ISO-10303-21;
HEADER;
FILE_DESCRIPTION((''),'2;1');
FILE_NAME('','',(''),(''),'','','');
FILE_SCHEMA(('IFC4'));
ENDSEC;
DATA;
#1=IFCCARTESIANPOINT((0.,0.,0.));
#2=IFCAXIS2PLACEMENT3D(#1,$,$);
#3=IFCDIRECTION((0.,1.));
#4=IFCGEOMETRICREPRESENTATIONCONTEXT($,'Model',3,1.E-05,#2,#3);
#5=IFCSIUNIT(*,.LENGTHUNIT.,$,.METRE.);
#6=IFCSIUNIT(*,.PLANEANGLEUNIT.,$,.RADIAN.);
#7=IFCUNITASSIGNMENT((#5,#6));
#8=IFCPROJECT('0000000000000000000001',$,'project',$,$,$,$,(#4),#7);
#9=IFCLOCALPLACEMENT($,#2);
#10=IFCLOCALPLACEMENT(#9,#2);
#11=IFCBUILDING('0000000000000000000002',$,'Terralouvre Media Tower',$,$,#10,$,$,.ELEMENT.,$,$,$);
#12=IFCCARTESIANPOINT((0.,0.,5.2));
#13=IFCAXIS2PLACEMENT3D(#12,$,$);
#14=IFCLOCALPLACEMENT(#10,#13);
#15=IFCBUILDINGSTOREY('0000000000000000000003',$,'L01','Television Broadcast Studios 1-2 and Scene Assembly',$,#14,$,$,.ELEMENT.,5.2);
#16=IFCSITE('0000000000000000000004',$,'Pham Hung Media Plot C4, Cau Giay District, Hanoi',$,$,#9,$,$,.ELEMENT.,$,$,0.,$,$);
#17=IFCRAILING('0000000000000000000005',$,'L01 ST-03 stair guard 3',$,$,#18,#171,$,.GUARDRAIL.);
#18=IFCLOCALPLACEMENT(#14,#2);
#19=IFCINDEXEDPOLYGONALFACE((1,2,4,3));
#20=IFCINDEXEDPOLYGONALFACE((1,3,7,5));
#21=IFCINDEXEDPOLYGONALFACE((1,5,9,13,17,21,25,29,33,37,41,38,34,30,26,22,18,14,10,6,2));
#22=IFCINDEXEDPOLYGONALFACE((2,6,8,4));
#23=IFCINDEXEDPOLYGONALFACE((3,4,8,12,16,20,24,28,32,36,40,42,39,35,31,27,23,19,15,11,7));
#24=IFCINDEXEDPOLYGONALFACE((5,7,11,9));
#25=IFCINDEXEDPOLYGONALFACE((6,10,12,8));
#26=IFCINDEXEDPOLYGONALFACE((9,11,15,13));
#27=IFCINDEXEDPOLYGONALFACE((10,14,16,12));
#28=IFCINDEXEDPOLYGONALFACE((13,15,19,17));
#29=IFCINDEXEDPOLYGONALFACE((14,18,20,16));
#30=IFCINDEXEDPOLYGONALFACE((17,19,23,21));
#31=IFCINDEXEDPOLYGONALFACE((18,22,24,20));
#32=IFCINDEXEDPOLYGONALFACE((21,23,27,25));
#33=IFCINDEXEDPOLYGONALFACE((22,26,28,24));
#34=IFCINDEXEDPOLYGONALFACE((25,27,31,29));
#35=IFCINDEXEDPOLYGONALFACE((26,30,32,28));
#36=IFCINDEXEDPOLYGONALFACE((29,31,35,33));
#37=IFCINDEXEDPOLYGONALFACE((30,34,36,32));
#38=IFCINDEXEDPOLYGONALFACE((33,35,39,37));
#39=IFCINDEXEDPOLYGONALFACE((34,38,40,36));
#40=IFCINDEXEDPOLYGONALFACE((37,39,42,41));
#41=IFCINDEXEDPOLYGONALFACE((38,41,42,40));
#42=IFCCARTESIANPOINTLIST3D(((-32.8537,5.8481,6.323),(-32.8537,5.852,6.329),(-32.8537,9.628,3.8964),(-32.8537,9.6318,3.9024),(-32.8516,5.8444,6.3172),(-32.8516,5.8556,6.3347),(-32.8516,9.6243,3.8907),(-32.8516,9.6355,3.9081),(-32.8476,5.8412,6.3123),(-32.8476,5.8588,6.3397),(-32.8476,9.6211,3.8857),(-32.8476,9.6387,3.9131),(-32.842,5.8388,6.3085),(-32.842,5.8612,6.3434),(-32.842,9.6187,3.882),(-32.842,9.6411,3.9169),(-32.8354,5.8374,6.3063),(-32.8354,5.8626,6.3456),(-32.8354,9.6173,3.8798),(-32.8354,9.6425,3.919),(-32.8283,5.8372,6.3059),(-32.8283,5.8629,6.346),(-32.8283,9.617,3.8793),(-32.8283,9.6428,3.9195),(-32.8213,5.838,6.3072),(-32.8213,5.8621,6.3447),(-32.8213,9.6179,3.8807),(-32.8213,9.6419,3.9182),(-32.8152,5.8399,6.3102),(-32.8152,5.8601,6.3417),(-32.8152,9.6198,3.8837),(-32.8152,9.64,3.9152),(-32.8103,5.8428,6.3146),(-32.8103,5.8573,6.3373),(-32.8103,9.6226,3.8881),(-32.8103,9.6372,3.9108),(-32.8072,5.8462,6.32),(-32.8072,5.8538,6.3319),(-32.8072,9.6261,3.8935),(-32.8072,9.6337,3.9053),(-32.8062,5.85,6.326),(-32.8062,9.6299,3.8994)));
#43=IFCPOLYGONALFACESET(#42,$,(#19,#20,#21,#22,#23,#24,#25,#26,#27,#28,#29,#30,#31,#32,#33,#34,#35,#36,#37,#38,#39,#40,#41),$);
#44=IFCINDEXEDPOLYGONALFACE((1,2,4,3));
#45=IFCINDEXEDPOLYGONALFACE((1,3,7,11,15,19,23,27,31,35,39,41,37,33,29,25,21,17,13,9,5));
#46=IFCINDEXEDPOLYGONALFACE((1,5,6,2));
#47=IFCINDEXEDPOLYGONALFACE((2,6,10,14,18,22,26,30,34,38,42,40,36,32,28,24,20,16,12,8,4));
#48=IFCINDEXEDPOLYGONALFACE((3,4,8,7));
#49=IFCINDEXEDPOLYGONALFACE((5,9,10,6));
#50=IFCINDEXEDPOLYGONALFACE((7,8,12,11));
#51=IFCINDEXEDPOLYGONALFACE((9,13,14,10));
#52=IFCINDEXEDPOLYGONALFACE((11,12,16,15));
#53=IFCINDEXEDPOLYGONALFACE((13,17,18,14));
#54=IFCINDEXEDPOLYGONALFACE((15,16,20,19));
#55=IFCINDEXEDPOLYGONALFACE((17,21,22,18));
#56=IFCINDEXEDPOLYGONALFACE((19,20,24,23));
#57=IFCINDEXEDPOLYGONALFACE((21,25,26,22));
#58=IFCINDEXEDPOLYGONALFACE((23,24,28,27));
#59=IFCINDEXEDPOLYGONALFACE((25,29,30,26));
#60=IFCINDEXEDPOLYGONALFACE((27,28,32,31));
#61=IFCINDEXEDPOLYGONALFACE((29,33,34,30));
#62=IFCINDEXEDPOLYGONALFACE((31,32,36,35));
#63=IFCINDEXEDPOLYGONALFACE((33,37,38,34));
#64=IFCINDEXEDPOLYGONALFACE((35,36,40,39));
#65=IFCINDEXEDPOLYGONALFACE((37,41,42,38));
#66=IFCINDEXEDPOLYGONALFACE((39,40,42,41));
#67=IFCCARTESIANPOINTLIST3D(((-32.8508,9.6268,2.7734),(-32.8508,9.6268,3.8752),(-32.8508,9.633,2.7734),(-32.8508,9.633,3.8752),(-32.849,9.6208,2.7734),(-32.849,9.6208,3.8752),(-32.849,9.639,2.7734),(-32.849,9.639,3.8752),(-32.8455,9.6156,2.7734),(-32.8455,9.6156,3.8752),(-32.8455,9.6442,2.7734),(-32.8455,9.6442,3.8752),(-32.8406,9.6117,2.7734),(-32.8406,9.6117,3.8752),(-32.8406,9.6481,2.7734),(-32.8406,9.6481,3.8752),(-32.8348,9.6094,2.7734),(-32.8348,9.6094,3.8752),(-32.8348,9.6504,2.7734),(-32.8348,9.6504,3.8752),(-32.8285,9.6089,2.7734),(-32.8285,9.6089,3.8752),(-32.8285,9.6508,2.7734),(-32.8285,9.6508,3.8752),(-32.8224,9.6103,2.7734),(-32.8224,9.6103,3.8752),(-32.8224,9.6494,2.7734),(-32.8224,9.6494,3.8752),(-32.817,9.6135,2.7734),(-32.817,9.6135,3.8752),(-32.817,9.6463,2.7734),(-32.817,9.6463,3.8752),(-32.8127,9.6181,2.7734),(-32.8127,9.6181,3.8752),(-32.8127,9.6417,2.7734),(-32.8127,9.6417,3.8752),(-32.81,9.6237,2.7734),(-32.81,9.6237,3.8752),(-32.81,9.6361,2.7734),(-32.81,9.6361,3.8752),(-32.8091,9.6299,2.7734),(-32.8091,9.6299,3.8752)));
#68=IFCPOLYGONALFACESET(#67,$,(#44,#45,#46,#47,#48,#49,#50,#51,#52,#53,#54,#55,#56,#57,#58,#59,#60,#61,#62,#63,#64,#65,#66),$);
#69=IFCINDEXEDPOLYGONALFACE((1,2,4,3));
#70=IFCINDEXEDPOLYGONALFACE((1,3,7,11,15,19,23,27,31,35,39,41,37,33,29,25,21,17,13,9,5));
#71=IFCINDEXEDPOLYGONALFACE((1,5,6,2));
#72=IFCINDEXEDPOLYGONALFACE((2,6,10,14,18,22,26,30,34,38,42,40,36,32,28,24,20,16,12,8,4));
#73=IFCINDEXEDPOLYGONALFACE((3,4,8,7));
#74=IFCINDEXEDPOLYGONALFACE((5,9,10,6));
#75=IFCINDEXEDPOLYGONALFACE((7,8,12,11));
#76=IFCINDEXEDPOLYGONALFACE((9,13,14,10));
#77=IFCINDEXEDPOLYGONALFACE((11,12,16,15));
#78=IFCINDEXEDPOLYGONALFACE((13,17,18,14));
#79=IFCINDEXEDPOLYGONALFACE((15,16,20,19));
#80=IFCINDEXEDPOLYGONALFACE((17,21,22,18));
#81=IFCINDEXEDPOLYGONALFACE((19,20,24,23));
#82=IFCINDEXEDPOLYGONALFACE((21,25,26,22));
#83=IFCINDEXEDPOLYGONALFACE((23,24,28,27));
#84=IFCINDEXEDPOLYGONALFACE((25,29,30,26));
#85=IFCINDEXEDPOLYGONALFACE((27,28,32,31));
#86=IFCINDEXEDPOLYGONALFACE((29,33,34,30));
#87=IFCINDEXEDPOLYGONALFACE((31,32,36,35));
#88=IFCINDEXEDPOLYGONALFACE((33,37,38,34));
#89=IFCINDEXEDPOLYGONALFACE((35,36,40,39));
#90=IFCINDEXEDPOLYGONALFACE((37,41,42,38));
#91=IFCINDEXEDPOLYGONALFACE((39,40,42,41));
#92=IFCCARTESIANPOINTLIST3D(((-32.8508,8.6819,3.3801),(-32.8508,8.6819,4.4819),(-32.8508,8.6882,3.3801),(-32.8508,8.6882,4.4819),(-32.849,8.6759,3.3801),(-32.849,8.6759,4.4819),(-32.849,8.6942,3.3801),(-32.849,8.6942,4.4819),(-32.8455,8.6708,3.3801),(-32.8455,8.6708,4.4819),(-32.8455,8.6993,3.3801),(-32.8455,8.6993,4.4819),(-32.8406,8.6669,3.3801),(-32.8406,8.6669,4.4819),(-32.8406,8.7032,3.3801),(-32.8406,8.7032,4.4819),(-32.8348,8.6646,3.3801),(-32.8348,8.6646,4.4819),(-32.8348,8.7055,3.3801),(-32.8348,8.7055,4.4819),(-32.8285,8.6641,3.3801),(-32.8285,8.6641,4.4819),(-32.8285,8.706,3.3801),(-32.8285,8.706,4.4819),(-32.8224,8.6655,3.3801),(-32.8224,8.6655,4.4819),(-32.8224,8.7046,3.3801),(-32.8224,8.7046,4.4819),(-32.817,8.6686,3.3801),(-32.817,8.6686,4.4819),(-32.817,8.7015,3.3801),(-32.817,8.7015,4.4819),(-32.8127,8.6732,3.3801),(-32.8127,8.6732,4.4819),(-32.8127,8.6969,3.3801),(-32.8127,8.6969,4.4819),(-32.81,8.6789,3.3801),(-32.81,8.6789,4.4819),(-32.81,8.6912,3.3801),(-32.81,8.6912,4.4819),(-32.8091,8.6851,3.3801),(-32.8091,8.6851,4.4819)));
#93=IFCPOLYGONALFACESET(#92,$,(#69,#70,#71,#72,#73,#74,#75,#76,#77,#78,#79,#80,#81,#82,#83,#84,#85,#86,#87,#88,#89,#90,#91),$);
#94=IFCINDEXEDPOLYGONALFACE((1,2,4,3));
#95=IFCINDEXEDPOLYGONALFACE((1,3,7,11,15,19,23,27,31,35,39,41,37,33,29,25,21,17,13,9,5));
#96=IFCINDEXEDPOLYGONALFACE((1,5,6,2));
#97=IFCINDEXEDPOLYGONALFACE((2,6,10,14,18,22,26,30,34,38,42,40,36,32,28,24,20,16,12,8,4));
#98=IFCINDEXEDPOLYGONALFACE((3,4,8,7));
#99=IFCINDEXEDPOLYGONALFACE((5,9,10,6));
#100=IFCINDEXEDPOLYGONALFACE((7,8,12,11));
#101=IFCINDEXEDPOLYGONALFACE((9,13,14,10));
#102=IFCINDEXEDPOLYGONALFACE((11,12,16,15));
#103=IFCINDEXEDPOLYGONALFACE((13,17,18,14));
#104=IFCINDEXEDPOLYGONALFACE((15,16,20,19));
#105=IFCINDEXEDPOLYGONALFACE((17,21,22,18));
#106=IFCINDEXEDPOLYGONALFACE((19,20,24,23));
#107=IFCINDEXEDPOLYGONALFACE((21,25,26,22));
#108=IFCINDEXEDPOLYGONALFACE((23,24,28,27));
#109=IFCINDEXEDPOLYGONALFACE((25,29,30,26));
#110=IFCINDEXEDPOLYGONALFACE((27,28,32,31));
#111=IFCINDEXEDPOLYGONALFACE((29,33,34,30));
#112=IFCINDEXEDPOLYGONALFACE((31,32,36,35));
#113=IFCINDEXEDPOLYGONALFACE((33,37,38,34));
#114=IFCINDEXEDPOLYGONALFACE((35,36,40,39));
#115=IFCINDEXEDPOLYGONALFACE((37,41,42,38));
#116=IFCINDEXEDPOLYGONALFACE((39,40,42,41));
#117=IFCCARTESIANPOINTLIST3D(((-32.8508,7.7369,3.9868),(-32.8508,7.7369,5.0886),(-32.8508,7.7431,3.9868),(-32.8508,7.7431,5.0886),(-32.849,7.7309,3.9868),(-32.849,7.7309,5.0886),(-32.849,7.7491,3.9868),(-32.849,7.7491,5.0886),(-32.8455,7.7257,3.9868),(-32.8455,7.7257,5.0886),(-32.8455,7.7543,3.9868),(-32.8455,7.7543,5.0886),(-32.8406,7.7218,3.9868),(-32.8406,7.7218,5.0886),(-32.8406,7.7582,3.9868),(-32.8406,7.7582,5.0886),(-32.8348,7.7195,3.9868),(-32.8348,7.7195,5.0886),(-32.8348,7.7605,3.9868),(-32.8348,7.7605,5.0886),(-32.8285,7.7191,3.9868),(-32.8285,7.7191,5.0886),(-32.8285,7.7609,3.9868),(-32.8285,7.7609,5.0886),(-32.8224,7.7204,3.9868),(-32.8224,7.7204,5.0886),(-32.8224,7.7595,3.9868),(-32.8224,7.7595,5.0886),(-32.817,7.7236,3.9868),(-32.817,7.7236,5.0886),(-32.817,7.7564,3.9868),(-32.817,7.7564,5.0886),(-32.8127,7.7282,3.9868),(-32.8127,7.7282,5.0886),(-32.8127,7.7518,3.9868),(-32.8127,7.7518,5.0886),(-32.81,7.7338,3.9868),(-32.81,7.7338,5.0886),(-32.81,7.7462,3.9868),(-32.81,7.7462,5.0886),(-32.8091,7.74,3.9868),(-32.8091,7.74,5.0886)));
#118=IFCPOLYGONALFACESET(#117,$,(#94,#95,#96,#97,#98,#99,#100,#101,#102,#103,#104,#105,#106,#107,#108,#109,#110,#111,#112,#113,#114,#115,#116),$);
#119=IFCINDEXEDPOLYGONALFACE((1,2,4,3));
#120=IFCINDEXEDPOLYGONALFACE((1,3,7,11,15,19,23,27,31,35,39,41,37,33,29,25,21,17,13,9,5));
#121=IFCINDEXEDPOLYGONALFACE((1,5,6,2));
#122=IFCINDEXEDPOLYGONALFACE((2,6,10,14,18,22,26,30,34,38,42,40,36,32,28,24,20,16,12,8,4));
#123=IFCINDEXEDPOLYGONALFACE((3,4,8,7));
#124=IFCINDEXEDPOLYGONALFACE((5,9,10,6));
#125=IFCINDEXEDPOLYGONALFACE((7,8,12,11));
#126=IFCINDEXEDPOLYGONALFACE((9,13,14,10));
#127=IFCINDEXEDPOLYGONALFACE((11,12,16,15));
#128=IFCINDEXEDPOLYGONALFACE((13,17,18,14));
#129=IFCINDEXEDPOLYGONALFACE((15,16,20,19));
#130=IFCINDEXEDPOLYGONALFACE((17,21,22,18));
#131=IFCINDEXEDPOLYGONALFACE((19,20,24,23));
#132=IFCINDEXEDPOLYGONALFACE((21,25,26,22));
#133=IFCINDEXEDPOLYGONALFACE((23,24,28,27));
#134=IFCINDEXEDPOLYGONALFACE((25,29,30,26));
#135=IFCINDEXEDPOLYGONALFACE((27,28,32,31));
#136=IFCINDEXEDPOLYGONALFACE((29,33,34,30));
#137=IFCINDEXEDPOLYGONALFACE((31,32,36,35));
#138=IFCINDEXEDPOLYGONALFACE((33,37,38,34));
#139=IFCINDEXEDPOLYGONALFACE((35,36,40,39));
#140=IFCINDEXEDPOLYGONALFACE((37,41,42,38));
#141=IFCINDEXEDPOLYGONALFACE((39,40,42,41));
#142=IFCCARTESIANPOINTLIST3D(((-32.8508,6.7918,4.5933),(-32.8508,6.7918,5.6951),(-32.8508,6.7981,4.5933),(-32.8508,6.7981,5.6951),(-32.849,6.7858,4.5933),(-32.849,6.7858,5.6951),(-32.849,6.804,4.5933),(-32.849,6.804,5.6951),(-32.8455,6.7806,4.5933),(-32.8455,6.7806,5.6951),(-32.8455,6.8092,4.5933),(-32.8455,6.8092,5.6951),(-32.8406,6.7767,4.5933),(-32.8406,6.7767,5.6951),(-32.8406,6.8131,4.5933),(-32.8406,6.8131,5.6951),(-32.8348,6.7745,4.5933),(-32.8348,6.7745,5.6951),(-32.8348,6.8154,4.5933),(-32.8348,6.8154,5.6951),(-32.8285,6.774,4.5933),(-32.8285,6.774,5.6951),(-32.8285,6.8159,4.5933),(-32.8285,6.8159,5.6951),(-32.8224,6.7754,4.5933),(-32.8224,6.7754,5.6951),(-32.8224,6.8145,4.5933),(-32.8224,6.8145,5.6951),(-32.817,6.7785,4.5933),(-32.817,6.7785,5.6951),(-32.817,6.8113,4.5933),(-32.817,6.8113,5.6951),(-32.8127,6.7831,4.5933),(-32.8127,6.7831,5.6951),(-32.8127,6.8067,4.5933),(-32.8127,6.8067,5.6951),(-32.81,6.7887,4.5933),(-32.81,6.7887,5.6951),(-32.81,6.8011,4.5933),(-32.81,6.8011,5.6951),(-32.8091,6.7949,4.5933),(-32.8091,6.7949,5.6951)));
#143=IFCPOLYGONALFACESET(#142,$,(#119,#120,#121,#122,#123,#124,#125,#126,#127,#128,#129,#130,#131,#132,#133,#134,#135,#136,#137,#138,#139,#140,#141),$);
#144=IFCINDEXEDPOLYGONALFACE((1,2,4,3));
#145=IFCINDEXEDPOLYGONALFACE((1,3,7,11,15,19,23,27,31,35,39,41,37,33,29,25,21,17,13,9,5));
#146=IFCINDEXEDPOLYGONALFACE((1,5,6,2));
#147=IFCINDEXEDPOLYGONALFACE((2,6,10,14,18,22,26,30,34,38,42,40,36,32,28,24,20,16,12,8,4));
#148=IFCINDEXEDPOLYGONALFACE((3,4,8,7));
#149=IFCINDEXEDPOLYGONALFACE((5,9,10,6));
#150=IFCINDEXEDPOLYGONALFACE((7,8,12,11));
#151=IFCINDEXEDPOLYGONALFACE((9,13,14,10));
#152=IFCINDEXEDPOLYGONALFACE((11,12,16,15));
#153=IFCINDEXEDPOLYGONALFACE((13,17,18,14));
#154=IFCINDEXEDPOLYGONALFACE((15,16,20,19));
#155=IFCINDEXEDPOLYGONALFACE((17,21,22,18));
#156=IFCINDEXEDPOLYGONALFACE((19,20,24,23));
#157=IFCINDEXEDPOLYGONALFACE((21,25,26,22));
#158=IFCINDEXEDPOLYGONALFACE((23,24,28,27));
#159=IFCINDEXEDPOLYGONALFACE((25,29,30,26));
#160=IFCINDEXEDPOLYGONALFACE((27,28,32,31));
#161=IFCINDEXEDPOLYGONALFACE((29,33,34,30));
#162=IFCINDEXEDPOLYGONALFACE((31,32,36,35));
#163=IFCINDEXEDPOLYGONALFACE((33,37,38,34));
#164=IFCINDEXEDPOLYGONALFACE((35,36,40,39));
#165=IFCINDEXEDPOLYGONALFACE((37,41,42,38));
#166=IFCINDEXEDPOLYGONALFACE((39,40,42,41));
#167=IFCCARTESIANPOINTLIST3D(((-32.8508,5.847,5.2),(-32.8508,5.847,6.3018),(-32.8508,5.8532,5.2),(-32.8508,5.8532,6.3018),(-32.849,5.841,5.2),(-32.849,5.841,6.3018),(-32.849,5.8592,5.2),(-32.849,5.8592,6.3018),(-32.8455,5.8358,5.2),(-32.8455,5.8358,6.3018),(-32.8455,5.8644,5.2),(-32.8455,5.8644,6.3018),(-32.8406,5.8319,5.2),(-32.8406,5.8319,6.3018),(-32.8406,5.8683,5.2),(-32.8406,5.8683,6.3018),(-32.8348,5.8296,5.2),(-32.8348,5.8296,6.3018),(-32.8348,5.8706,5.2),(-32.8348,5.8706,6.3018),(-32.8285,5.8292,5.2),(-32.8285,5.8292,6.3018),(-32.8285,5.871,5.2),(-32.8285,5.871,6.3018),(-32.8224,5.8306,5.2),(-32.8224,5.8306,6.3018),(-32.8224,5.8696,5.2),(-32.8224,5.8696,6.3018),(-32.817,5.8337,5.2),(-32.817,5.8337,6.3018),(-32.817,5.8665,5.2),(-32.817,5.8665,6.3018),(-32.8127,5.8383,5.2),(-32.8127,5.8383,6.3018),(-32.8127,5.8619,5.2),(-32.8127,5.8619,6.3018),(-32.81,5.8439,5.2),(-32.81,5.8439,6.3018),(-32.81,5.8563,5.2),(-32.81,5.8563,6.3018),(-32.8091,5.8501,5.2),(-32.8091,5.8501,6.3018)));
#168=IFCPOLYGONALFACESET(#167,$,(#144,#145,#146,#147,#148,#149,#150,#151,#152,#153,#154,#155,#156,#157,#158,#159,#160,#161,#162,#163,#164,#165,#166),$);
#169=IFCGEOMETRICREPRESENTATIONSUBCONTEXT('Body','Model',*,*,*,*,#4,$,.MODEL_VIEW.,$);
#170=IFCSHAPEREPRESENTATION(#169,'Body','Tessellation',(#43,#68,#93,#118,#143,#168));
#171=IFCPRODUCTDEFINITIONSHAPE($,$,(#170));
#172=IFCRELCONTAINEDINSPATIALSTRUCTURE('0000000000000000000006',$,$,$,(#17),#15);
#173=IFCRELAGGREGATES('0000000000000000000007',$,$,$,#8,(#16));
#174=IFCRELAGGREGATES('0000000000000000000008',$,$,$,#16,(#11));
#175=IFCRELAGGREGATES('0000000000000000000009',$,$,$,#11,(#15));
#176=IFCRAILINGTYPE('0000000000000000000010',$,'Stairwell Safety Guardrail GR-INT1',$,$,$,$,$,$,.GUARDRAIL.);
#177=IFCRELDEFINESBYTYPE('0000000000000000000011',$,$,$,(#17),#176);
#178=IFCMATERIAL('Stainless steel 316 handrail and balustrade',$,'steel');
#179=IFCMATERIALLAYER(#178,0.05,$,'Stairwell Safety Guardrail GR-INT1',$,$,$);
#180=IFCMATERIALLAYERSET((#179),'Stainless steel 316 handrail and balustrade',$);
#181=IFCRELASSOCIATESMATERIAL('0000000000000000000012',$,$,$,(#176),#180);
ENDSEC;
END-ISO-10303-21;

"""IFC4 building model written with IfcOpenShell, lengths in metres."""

from ifc_helpers import new_model, si_unit, direction, frame, origin, origin_2d, place, context, subcontext, project, spatial, circle, extrude, material, layer, layer_set, type_object, element, save


model = new_model("IFC4")

# Units and contexts
model_context = context("Model", 3, precision=1e-05, world=origin(), true_north=direction((0.0, 1.0)))
body_context = subcontext(model_context, "Body", "Model", "MODEL_VIEW")
ifc_project = project(units=[si_unit("LENGTHUNIT", "METRE"), si_unit("PLANEANGLEUNIT", "RADIAN")], contexts=[model_context])

# Site, building, storey
site_placement = place(None, origin())
site = spatial("IfcSite", under=ifc_project, at=site_placement, Name="Pham Hung Media Plot C4, Cau Giay District, Hanoi", CompositionType="ELEMENT", RefElevation=0.0)
building_placement = place(site_placement, origin())
building = spatial("IfcBuilding", under=site, at=building_placement, Name="Terralouvre Media Tower", CompositionType="ELEMENT")
storey_placement = place(building_placement, frame((0.0, 0.0, 5.2)))
storey = spatial("IfcBuildingStorey", under=building, at=storey_placement, Name="L01", Description="Television Broadcast Studios 1-2 and Scene Assembly", CompositionType="ELEMENT", Elevation=5.2)

# Railing
ifc_material_1 = material(Name="Stainless steel 316 handrail and balustrade", Category="steel")
ifc_layer_1 = layer(ifc_material_1, 0.05, Name="Stairwell Safety Guardrail GR-INT1")
ifc_layer_set_1 = layer_set([ifc_layer_1], Name="Stainless steel 316 handrail and balustrade")
railing_type_1 = type_object("IfcRailingType", Name="Stairwell Safety Guardrail GR-INT1", PredefinedType="GUARDRAIL", material=ifc_layer_set_1)
railing_1_placement = place(storey_placement, frame((-32.8301, 9.6299, 2.7734)))
element("IfcRailing", 1, at=railing_1_placement, inside=storey, type_object=railing_type_1, Name="L01 ST-03 stair guard 3", PredefinedType="GUARDRAIL", context=body_context, shape_type="SweptSolid", body=[
    extrude(circle(Radius=0.0239, at=origin_2d()), frame((0.0, 0.0, 1.126), z_axis=(0.0, -0.841517, 0.54023), x_axis=(1.0, 0.0, 0.0)), (0.0, 0.0, 1.0), 4.4917),
    extrude(circle(Radius=0.021, at=origin_2d()), origin(), (0.0, 0.0, 1.0), 1.1018),
    extrude(circle(Radius=0.021, at=origin_2d()), frame((0.0, -0.9448, 0.6067)), (0.0, 0.0, 1.0), 1.1018),
    extrude(circle(Radius=0.021, at=origin_2d()), frame((0.0, -1.8899, 1.2134)), (0.0, 0.0, 1.0), 1.1018),
    extrude(circle(Radius=0.021, at=origin_2d()), frame((0.0, -2.835, 1.8198)), (0.0, 0.0, 1.0), 1.1018),
    extrude(circle(Radius=0.021, at=origin_2d()), frame((0.0, -3.7798, 2.4265)), (0.0, 0.0, 1.0), 1.1018),
])

save(model, "model.ifc")
